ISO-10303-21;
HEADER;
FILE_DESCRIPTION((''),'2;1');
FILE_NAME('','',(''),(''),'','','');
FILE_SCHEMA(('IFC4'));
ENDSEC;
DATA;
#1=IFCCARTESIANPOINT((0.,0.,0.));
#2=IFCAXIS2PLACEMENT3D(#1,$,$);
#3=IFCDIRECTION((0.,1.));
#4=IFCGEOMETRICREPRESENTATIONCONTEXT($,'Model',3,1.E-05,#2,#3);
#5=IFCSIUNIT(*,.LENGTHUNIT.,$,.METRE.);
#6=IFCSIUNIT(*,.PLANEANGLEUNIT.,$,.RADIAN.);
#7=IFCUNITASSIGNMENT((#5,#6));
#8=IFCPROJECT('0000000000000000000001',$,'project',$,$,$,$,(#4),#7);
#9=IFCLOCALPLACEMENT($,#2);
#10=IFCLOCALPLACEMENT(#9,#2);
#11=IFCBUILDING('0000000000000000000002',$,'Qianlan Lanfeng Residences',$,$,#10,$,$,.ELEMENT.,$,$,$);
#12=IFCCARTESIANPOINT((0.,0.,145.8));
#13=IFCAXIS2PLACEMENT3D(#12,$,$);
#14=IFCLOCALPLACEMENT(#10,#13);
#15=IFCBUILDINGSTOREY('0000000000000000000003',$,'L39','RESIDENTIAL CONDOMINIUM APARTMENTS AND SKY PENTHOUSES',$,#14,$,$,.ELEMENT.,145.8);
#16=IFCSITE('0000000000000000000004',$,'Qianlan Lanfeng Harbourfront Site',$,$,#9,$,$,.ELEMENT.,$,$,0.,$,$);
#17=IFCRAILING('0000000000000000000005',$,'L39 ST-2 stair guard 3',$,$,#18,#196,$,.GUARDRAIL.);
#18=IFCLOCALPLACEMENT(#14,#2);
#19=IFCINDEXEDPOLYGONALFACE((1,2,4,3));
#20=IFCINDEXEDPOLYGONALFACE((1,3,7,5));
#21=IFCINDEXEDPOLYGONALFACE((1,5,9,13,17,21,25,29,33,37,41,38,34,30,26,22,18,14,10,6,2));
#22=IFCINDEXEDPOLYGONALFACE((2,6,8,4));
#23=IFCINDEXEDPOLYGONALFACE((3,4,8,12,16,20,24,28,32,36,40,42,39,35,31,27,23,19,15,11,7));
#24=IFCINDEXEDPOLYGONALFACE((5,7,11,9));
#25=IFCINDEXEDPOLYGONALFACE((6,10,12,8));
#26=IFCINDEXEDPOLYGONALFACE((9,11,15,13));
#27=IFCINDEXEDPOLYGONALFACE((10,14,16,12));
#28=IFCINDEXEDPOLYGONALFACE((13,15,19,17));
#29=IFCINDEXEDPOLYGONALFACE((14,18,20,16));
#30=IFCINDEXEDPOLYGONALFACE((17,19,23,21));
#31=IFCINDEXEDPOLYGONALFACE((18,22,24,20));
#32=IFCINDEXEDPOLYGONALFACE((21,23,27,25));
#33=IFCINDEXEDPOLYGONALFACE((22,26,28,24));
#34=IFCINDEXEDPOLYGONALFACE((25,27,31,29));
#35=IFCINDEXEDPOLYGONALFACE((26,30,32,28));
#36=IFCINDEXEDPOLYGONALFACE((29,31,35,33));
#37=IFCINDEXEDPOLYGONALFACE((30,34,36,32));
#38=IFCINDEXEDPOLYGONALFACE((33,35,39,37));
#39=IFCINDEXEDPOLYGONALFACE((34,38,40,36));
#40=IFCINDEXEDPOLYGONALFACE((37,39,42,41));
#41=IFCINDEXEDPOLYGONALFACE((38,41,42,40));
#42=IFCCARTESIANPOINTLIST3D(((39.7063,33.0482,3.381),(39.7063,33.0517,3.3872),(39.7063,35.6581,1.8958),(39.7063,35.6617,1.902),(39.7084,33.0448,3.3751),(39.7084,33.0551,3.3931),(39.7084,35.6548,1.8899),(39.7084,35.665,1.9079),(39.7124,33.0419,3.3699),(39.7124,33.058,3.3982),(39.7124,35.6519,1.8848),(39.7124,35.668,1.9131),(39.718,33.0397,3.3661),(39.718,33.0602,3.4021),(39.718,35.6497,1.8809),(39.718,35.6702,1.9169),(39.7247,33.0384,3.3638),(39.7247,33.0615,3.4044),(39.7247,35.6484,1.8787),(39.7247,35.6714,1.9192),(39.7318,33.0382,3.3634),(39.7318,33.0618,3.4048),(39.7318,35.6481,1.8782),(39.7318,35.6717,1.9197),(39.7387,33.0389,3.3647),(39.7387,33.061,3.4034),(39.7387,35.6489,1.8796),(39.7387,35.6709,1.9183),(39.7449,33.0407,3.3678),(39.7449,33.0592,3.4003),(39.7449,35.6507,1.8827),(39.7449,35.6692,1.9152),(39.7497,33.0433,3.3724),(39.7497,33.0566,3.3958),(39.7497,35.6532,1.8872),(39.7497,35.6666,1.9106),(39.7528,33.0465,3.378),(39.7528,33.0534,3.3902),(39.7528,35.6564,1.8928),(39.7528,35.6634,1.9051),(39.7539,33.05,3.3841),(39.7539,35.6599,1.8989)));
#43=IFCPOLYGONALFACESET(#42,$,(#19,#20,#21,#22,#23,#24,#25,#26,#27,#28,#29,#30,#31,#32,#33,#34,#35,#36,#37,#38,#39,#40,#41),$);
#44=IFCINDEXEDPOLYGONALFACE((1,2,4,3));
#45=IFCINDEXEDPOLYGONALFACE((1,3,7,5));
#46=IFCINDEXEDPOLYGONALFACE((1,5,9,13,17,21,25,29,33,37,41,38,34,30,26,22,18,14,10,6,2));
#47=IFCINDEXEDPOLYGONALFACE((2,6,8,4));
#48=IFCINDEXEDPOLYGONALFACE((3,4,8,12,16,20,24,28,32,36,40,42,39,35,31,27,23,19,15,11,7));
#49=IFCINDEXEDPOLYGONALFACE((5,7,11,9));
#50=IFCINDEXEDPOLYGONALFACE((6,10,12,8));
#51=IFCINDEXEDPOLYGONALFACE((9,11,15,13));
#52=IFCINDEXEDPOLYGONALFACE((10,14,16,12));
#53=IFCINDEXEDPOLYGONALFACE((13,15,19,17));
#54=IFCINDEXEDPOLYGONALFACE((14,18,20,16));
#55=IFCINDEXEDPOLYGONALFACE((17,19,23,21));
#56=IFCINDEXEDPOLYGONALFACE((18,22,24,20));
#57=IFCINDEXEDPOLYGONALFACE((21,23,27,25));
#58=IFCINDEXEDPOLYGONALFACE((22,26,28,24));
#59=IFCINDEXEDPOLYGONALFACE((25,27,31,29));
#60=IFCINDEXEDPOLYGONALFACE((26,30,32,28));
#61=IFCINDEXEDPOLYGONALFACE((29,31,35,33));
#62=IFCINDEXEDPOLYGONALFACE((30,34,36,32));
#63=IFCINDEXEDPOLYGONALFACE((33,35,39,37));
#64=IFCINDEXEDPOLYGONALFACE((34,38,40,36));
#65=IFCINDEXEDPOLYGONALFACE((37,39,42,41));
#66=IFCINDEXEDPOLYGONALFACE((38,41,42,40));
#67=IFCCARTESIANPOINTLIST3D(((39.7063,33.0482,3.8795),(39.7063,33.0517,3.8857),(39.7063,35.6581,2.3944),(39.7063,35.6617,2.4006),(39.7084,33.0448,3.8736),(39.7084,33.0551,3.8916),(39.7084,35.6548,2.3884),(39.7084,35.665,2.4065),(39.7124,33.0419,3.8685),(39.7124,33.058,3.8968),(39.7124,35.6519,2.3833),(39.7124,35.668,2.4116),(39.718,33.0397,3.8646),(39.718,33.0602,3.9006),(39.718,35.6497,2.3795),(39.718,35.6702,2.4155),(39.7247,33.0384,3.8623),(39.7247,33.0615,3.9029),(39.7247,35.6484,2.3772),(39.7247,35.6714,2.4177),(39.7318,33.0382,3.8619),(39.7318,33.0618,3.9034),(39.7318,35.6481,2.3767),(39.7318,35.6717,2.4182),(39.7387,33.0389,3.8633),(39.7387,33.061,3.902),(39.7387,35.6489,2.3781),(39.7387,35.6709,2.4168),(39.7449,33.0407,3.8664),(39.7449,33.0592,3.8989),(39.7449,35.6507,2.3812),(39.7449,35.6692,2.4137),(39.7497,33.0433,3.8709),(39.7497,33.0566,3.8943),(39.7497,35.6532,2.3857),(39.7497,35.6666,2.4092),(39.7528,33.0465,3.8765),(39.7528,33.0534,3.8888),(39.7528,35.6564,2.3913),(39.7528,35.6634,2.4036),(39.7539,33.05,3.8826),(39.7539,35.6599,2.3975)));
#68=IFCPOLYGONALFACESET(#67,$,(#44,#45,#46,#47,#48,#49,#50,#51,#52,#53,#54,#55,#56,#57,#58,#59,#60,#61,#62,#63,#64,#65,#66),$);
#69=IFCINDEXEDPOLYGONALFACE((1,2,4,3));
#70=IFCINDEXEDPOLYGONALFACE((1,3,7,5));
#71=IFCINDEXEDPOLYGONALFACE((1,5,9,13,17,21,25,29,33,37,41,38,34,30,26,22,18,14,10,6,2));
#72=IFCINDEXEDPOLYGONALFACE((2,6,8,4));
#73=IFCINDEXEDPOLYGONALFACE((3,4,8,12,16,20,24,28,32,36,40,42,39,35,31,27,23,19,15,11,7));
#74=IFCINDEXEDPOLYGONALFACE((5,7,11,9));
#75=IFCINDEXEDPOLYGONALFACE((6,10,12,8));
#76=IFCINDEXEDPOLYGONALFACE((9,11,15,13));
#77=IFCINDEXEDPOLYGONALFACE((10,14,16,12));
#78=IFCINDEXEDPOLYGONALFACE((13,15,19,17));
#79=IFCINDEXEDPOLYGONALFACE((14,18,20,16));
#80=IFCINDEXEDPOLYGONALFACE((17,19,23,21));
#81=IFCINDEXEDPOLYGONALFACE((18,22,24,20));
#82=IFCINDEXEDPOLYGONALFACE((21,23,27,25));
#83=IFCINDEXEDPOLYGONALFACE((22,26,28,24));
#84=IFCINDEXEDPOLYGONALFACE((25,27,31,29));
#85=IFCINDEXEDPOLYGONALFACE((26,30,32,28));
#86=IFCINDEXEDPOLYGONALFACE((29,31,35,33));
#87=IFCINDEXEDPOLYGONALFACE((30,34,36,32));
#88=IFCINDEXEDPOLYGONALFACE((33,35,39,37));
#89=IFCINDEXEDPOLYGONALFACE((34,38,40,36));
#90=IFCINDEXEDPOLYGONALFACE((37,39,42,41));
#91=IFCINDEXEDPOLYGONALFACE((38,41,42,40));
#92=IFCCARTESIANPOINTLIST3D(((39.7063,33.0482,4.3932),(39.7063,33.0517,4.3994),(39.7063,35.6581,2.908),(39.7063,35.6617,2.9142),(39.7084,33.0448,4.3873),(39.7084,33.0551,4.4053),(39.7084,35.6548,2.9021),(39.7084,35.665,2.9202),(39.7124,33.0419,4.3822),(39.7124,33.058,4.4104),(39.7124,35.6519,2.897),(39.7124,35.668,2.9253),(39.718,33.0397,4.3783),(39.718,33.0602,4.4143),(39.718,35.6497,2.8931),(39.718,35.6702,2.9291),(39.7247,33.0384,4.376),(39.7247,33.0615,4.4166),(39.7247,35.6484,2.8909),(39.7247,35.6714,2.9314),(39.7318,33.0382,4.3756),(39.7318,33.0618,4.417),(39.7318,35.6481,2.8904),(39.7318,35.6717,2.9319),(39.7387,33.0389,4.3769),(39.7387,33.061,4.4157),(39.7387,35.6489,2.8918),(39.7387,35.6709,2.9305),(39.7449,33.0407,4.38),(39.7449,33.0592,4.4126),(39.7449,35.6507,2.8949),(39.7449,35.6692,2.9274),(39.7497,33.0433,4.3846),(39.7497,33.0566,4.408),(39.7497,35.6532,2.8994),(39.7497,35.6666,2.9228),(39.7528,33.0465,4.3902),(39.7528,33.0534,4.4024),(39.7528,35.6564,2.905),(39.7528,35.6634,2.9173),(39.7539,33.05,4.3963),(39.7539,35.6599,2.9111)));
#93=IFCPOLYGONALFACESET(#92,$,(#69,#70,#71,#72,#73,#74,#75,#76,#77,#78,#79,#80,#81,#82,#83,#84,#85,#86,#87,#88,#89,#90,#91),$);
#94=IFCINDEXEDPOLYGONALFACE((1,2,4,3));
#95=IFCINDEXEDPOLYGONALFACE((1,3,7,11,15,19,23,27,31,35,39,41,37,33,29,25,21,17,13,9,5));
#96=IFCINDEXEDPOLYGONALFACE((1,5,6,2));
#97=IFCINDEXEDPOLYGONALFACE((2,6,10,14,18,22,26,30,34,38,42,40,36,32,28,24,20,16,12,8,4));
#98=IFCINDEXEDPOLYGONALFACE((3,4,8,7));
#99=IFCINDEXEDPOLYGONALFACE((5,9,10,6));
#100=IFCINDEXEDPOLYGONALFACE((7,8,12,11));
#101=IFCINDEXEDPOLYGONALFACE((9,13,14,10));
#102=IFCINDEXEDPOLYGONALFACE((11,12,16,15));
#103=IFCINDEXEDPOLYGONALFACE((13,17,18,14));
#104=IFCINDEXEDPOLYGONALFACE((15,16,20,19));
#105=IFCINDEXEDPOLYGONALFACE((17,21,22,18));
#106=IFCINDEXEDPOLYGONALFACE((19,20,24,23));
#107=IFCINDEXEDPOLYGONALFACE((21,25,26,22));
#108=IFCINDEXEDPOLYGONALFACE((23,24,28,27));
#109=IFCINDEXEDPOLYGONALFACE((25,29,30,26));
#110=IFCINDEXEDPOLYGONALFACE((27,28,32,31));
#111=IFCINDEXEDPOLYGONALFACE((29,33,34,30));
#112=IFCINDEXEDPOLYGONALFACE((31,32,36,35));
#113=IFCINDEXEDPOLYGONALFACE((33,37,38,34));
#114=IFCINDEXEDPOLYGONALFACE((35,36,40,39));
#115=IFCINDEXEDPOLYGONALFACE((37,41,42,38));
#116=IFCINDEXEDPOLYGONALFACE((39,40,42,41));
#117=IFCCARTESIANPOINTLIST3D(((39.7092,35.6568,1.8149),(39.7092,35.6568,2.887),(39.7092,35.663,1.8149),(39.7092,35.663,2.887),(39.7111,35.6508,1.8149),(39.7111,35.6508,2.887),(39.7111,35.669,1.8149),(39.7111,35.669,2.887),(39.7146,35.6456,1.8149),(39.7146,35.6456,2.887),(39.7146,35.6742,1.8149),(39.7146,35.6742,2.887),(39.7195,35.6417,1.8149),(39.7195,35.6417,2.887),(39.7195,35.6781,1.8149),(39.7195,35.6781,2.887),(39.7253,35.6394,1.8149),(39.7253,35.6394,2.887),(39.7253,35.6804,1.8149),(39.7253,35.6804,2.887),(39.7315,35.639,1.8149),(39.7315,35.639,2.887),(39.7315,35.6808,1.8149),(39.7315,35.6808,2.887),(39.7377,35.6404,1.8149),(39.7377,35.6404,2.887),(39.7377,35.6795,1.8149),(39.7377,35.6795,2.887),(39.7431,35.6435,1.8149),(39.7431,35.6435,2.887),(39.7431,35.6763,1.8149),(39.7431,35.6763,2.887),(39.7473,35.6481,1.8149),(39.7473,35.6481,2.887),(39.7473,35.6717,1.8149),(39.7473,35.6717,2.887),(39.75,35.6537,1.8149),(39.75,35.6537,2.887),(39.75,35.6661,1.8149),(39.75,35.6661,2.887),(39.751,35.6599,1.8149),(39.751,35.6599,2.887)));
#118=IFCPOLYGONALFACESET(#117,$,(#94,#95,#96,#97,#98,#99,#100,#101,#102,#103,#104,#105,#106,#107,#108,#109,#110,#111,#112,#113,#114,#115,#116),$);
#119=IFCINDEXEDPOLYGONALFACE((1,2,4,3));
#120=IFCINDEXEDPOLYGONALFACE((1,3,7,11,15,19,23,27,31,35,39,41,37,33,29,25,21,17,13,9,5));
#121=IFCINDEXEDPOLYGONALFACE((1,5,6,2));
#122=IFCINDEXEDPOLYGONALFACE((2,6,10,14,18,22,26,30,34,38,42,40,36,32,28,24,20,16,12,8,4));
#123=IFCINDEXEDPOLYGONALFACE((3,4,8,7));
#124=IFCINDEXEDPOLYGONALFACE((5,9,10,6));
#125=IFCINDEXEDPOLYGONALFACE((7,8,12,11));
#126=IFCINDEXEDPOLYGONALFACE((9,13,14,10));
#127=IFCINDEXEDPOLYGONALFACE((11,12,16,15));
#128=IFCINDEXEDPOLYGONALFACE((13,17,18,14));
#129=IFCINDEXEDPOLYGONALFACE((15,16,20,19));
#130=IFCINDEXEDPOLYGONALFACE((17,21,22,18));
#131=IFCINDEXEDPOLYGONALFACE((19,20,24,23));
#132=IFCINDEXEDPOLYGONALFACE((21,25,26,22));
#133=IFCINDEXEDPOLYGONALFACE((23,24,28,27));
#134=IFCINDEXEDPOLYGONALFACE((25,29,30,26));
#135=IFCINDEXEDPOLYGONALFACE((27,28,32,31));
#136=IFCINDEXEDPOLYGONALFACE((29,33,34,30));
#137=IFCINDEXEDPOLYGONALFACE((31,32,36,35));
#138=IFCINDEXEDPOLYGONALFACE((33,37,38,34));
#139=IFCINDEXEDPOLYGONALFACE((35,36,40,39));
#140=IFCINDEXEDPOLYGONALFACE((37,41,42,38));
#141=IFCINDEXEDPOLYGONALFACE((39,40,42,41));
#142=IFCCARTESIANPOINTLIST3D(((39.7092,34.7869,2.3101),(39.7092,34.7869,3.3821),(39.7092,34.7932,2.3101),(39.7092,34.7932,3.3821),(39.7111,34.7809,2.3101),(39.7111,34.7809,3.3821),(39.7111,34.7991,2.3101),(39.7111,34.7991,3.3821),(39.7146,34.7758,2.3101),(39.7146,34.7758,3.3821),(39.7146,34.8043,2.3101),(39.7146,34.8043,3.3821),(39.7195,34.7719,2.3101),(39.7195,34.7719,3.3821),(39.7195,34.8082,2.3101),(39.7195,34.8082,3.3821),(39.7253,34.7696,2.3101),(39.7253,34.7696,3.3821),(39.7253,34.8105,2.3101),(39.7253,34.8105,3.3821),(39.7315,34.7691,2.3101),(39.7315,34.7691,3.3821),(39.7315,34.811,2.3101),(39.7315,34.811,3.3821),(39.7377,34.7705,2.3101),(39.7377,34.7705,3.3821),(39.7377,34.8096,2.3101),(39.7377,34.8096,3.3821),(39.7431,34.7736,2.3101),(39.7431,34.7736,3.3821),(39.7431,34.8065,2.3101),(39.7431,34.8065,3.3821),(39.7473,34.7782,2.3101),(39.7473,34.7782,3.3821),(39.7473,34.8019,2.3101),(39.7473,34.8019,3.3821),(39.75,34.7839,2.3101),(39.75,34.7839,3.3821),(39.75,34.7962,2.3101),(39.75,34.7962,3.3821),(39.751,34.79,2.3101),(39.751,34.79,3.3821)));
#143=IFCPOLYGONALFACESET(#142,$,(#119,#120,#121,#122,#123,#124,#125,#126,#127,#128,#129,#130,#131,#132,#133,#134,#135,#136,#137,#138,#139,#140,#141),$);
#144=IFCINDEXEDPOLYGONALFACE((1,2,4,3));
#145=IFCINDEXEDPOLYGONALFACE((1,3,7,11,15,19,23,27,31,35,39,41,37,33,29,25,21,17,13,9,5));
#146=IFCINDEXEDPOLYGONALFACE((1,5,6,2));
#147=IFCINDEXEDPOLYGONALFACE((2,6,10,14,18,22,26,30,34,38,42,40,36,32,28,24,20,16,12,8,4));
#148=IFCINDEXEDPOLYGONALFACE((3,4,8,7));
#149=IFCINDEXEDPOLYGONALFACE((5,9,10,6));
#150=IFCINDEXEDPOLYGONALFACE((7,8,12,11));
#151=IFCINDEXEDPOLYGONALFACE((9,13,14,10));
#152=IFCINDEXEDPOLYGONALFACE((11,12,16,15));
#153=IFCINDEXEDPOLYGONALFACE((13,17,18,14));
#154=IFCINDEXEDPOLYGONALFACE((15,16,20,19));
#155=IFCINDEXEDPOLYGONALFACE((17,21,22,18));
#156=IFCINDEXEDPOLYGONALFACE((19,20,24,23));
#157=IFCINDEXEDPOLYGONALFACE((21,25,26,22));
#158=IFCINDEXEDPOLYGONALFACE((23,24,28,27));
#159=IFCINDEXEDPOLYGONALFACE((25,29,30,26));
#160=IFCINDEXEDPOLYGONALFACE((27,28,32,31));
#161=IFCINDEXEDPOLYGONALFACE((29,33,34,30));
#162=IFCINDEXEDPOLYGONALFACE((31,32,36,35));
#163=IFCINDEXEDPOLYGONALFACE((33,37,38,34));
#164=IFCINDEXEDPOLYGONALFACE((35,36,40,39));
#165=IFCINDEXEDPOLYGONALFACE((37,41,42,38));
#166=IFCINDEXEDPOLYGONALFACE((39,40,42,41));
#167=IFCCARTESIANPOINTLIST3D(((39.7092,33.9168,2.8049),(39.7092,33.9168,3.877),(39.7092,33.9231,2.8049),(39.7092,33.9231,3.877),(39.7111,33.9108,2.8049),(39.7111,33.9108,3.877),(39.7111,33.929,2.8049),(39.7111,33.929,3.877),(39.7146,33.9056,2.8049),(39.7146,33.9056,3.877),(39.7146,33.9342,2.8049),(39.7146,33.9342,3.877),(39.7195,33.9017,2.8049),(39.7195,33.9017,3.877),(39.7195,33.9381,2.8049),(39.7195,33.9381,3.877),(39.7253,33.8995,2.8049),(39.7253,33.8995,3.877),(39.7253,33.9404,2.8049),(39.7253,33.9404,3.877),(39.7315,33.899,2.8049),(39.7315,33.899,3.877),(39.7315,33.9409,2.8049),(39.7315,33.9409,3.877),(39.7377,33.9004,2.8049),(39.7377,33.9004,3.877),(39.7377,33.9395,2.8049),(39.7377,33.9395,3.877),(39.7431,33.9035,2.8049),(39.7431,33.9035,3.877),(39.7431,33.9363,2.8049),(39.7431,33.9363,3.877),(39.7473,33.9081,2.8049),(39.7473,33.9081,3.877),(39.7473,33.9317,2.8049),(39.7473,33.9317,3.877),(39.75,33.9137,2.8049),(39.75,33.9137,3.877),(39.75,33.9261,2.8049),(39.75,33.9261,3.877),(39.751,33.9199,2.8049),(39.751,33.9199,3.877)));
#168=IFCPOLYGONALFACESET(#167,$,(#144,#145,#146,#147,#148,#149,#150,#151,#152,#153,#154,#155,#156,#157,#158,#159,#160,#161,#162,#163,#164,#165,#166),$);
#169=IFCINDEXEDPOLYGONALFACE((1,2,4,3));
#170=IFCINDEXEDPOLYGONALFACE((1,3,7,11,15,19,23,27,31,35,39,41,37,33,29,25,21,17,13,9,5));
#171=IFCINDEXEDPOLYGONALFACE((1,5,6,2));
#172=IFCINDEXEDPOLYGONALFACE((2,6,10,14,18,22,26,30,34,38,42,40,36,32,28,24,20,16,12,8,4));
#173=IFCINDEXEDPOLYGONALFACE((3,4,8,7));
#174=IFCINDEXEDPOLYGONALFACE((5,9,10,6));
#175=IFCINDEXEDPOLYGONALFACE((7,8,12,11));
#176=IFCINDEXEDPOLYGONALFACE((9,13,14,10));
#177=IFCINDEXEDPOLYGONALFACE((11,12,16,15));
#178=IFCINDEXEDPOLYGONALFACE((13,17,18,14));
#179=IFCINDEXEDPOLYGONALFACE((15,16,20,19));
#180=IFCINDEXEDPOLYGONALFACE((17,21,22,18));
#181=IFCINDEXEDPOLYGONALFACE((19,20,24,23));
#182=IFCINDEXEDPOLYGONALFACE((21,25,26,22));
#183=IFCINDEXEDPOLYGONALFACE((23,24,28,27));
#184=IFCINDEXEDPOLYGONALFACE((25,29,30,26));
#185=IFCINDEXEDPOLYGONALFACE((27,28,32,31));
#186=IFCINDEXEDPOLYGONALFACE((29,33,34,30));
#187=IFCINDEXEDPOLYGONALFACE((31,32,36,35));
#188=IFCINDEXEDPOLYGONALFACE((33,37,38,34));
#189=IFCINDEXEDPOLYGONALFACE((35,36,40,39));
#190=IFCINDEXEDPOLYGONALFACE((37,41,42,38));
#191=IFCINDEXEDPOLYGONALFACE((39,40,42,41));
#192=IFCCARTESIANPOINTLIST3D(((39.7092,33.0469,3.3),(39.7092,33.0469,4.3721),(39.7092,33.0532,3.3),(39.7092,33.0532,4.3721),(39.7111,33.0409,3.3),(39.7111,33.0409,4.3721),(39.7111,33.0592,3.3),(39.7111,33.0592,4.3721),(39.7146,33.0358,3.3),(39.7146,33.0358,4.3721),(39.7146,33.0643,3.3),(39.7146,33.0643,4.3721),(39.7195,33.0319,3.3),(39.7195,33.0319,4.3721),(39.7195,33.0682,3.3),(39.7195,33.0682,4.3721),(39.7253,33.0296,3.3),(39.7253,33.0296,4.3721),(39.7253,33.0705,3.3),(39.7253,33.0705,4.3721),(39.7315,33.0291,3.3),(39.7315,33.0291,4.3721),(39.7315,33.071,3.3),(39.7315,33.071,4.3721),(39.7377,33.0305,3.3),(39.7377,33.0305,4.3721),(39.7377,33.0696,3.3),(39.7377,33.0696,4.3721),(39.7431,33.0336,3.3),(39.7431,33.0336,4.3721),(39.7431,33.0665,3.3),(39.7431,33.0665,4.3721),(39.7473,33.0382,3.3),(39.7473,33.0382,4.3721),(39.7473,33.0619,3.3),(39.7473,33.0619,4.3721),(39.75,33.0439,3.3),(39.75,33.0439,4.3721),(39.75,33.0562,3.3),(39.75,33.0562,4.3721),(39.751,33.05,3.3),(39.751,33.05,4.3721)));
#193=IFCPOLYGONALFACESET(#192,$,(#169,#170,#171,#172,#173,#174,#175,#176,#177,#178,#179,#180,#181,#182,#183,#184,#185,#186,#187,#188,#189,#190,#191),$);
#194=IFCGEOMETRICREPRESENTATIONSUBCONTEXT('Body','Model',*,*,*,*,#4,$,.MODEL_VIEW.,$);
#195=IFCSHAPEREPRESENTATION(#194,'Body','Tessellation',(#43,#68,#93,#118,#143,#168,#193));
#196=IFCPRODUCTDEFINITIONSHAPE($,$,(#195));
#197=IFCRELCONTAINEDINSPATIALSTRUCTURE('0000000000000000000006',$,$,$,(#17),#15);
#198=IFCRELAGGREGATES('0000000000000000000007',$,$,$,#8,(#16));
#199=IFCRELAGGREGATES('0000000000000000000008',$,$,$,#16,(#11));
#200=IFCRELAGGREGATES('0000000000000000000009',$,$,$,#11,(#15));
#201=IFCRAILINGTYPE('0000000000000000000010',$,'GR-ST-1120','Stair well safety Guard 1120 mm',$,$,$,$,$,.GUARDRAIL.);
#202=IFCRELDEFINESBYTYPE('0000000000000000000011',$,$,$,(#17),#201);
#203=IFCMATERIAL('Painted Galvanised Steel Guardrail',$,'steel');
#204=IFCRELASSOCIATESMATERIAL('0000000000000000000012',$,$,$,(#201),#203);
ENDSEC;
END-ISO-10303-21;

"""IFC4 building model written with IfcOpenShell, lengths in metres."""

from ifc_helpers import new_model, si_unit, direction, frame, origin, origin_2d, place, context, subcontext, project, spatial, circle, extrude, material, type_object, element, save


model = new_model("IFC4")

# Units and contexts
model_context = context("Model", 3, precision=1e-05, world=origin(), true_north=direction((0.0, 1.0)))
body_context = subcontext(model_context, "Body", "Model", "MODEL_VIEW")
ifc_project = project(units=[si_unit("LENGTHUNIT", "METRE"), si_unit("PLANEANGLEUNIT", "RADIAN")], contexts=[model_context])

# Site, building, storey
site_placement = place(None, origin())
site = spatial("IfcSite", under=ifc_project, at=site_placement, Name="Qianlan Lanfeng Harbourfront Site", CompositionType="ELEMENT", RefElevation=0.0)
building_placement = place(site_placement, origin())
building = spatial("IfcBuilding", under=site, at=building_placement, Name="Qianlan Lanfeng Residences", CompositionType="ELEMENT")
storey_placement = place(building_placement, frame((0.0, 0.0, 145.8)))
storey = spatial("IfcBuildingStorey", under=building, at=storey_placement, Name="L39", Description="RESIDENTIAL CONDOMINIUM APARTMENTS AND SKY PENTHOUSES", CompositionType="ELEMENT", Elevation=145.8)

# Railing
ifc_material_1 = material(Name="Painted Galvanised Steel Guardrail", Category="steel")
railing_type_1 = type_object("IfcRailingType", Name="GR-ST-1120", Description="Stair well safety Guard 1120 mm", PredefinedType="GUARDRAIL", material=ifc_material_1)
railing_1_placement = place(storey_placement, frame((39.73, 35.6599, 1.8149)))
element("IfcRailing", 1, at=railing_1_placement, inside=storey, type_object=railing_type_1, Name="L39 ST-2 stair guard 3", PredefinedType="GUARDRAIL", context=body_context, shape_type="SweptSolid", body=[
    extrude(circle(Radius=0.0239, at=origin_2d()), frame((0.0, 0.0, 0.084), z_axis=(0.0, -0.869137, 0.494571), x_axis=(1.0, 0.0, 0.0)), (0.0, 0.0, 1.0), 3.0029),
    extrude(circle(Radius=0.0239, at=origin_2d()), frame((0.0, 0.0, 0.5825), z_axis=(0.0, -0.869137, 0.494571), x_axis=(1.0, 0.0, 0.0)), (0.0, 0.0, 1.0), 3.0029),
    extrude(circle(Radius=0.0239, at=origin_2d()), frame((0.0, 0.0, 1.0962), z_axis=(0.0, -0.869137, 0.494571), x_axis=(1.0, 0.0, 0.0)), (0.0, 0.0, 1.0), 3.0029),
    extrude(circle(Radius=0.021, at=origin_2d()), origin(), (0.0, 0.0, 1.0), 1.072),
    extrude(circle(Radius=0.021, at=origin_2d()), frame((0.0, -0.8699, 0.4951)), (0.0, 0.0, 1.0), 1.072),
    extrude(circle(Radius=0.021, at=origin_2d()), frame((0.0, -1.74, 0.99)), (0.0, 0.0, 1.0), 1.072),
    extrude(circle(Radius=0.021, at=origin_2d()), frame((0.0, -2.6099, 1.4851)), (0.0, 0.0, 1.0), 1.072),
])

save(model, "model.ifc")
